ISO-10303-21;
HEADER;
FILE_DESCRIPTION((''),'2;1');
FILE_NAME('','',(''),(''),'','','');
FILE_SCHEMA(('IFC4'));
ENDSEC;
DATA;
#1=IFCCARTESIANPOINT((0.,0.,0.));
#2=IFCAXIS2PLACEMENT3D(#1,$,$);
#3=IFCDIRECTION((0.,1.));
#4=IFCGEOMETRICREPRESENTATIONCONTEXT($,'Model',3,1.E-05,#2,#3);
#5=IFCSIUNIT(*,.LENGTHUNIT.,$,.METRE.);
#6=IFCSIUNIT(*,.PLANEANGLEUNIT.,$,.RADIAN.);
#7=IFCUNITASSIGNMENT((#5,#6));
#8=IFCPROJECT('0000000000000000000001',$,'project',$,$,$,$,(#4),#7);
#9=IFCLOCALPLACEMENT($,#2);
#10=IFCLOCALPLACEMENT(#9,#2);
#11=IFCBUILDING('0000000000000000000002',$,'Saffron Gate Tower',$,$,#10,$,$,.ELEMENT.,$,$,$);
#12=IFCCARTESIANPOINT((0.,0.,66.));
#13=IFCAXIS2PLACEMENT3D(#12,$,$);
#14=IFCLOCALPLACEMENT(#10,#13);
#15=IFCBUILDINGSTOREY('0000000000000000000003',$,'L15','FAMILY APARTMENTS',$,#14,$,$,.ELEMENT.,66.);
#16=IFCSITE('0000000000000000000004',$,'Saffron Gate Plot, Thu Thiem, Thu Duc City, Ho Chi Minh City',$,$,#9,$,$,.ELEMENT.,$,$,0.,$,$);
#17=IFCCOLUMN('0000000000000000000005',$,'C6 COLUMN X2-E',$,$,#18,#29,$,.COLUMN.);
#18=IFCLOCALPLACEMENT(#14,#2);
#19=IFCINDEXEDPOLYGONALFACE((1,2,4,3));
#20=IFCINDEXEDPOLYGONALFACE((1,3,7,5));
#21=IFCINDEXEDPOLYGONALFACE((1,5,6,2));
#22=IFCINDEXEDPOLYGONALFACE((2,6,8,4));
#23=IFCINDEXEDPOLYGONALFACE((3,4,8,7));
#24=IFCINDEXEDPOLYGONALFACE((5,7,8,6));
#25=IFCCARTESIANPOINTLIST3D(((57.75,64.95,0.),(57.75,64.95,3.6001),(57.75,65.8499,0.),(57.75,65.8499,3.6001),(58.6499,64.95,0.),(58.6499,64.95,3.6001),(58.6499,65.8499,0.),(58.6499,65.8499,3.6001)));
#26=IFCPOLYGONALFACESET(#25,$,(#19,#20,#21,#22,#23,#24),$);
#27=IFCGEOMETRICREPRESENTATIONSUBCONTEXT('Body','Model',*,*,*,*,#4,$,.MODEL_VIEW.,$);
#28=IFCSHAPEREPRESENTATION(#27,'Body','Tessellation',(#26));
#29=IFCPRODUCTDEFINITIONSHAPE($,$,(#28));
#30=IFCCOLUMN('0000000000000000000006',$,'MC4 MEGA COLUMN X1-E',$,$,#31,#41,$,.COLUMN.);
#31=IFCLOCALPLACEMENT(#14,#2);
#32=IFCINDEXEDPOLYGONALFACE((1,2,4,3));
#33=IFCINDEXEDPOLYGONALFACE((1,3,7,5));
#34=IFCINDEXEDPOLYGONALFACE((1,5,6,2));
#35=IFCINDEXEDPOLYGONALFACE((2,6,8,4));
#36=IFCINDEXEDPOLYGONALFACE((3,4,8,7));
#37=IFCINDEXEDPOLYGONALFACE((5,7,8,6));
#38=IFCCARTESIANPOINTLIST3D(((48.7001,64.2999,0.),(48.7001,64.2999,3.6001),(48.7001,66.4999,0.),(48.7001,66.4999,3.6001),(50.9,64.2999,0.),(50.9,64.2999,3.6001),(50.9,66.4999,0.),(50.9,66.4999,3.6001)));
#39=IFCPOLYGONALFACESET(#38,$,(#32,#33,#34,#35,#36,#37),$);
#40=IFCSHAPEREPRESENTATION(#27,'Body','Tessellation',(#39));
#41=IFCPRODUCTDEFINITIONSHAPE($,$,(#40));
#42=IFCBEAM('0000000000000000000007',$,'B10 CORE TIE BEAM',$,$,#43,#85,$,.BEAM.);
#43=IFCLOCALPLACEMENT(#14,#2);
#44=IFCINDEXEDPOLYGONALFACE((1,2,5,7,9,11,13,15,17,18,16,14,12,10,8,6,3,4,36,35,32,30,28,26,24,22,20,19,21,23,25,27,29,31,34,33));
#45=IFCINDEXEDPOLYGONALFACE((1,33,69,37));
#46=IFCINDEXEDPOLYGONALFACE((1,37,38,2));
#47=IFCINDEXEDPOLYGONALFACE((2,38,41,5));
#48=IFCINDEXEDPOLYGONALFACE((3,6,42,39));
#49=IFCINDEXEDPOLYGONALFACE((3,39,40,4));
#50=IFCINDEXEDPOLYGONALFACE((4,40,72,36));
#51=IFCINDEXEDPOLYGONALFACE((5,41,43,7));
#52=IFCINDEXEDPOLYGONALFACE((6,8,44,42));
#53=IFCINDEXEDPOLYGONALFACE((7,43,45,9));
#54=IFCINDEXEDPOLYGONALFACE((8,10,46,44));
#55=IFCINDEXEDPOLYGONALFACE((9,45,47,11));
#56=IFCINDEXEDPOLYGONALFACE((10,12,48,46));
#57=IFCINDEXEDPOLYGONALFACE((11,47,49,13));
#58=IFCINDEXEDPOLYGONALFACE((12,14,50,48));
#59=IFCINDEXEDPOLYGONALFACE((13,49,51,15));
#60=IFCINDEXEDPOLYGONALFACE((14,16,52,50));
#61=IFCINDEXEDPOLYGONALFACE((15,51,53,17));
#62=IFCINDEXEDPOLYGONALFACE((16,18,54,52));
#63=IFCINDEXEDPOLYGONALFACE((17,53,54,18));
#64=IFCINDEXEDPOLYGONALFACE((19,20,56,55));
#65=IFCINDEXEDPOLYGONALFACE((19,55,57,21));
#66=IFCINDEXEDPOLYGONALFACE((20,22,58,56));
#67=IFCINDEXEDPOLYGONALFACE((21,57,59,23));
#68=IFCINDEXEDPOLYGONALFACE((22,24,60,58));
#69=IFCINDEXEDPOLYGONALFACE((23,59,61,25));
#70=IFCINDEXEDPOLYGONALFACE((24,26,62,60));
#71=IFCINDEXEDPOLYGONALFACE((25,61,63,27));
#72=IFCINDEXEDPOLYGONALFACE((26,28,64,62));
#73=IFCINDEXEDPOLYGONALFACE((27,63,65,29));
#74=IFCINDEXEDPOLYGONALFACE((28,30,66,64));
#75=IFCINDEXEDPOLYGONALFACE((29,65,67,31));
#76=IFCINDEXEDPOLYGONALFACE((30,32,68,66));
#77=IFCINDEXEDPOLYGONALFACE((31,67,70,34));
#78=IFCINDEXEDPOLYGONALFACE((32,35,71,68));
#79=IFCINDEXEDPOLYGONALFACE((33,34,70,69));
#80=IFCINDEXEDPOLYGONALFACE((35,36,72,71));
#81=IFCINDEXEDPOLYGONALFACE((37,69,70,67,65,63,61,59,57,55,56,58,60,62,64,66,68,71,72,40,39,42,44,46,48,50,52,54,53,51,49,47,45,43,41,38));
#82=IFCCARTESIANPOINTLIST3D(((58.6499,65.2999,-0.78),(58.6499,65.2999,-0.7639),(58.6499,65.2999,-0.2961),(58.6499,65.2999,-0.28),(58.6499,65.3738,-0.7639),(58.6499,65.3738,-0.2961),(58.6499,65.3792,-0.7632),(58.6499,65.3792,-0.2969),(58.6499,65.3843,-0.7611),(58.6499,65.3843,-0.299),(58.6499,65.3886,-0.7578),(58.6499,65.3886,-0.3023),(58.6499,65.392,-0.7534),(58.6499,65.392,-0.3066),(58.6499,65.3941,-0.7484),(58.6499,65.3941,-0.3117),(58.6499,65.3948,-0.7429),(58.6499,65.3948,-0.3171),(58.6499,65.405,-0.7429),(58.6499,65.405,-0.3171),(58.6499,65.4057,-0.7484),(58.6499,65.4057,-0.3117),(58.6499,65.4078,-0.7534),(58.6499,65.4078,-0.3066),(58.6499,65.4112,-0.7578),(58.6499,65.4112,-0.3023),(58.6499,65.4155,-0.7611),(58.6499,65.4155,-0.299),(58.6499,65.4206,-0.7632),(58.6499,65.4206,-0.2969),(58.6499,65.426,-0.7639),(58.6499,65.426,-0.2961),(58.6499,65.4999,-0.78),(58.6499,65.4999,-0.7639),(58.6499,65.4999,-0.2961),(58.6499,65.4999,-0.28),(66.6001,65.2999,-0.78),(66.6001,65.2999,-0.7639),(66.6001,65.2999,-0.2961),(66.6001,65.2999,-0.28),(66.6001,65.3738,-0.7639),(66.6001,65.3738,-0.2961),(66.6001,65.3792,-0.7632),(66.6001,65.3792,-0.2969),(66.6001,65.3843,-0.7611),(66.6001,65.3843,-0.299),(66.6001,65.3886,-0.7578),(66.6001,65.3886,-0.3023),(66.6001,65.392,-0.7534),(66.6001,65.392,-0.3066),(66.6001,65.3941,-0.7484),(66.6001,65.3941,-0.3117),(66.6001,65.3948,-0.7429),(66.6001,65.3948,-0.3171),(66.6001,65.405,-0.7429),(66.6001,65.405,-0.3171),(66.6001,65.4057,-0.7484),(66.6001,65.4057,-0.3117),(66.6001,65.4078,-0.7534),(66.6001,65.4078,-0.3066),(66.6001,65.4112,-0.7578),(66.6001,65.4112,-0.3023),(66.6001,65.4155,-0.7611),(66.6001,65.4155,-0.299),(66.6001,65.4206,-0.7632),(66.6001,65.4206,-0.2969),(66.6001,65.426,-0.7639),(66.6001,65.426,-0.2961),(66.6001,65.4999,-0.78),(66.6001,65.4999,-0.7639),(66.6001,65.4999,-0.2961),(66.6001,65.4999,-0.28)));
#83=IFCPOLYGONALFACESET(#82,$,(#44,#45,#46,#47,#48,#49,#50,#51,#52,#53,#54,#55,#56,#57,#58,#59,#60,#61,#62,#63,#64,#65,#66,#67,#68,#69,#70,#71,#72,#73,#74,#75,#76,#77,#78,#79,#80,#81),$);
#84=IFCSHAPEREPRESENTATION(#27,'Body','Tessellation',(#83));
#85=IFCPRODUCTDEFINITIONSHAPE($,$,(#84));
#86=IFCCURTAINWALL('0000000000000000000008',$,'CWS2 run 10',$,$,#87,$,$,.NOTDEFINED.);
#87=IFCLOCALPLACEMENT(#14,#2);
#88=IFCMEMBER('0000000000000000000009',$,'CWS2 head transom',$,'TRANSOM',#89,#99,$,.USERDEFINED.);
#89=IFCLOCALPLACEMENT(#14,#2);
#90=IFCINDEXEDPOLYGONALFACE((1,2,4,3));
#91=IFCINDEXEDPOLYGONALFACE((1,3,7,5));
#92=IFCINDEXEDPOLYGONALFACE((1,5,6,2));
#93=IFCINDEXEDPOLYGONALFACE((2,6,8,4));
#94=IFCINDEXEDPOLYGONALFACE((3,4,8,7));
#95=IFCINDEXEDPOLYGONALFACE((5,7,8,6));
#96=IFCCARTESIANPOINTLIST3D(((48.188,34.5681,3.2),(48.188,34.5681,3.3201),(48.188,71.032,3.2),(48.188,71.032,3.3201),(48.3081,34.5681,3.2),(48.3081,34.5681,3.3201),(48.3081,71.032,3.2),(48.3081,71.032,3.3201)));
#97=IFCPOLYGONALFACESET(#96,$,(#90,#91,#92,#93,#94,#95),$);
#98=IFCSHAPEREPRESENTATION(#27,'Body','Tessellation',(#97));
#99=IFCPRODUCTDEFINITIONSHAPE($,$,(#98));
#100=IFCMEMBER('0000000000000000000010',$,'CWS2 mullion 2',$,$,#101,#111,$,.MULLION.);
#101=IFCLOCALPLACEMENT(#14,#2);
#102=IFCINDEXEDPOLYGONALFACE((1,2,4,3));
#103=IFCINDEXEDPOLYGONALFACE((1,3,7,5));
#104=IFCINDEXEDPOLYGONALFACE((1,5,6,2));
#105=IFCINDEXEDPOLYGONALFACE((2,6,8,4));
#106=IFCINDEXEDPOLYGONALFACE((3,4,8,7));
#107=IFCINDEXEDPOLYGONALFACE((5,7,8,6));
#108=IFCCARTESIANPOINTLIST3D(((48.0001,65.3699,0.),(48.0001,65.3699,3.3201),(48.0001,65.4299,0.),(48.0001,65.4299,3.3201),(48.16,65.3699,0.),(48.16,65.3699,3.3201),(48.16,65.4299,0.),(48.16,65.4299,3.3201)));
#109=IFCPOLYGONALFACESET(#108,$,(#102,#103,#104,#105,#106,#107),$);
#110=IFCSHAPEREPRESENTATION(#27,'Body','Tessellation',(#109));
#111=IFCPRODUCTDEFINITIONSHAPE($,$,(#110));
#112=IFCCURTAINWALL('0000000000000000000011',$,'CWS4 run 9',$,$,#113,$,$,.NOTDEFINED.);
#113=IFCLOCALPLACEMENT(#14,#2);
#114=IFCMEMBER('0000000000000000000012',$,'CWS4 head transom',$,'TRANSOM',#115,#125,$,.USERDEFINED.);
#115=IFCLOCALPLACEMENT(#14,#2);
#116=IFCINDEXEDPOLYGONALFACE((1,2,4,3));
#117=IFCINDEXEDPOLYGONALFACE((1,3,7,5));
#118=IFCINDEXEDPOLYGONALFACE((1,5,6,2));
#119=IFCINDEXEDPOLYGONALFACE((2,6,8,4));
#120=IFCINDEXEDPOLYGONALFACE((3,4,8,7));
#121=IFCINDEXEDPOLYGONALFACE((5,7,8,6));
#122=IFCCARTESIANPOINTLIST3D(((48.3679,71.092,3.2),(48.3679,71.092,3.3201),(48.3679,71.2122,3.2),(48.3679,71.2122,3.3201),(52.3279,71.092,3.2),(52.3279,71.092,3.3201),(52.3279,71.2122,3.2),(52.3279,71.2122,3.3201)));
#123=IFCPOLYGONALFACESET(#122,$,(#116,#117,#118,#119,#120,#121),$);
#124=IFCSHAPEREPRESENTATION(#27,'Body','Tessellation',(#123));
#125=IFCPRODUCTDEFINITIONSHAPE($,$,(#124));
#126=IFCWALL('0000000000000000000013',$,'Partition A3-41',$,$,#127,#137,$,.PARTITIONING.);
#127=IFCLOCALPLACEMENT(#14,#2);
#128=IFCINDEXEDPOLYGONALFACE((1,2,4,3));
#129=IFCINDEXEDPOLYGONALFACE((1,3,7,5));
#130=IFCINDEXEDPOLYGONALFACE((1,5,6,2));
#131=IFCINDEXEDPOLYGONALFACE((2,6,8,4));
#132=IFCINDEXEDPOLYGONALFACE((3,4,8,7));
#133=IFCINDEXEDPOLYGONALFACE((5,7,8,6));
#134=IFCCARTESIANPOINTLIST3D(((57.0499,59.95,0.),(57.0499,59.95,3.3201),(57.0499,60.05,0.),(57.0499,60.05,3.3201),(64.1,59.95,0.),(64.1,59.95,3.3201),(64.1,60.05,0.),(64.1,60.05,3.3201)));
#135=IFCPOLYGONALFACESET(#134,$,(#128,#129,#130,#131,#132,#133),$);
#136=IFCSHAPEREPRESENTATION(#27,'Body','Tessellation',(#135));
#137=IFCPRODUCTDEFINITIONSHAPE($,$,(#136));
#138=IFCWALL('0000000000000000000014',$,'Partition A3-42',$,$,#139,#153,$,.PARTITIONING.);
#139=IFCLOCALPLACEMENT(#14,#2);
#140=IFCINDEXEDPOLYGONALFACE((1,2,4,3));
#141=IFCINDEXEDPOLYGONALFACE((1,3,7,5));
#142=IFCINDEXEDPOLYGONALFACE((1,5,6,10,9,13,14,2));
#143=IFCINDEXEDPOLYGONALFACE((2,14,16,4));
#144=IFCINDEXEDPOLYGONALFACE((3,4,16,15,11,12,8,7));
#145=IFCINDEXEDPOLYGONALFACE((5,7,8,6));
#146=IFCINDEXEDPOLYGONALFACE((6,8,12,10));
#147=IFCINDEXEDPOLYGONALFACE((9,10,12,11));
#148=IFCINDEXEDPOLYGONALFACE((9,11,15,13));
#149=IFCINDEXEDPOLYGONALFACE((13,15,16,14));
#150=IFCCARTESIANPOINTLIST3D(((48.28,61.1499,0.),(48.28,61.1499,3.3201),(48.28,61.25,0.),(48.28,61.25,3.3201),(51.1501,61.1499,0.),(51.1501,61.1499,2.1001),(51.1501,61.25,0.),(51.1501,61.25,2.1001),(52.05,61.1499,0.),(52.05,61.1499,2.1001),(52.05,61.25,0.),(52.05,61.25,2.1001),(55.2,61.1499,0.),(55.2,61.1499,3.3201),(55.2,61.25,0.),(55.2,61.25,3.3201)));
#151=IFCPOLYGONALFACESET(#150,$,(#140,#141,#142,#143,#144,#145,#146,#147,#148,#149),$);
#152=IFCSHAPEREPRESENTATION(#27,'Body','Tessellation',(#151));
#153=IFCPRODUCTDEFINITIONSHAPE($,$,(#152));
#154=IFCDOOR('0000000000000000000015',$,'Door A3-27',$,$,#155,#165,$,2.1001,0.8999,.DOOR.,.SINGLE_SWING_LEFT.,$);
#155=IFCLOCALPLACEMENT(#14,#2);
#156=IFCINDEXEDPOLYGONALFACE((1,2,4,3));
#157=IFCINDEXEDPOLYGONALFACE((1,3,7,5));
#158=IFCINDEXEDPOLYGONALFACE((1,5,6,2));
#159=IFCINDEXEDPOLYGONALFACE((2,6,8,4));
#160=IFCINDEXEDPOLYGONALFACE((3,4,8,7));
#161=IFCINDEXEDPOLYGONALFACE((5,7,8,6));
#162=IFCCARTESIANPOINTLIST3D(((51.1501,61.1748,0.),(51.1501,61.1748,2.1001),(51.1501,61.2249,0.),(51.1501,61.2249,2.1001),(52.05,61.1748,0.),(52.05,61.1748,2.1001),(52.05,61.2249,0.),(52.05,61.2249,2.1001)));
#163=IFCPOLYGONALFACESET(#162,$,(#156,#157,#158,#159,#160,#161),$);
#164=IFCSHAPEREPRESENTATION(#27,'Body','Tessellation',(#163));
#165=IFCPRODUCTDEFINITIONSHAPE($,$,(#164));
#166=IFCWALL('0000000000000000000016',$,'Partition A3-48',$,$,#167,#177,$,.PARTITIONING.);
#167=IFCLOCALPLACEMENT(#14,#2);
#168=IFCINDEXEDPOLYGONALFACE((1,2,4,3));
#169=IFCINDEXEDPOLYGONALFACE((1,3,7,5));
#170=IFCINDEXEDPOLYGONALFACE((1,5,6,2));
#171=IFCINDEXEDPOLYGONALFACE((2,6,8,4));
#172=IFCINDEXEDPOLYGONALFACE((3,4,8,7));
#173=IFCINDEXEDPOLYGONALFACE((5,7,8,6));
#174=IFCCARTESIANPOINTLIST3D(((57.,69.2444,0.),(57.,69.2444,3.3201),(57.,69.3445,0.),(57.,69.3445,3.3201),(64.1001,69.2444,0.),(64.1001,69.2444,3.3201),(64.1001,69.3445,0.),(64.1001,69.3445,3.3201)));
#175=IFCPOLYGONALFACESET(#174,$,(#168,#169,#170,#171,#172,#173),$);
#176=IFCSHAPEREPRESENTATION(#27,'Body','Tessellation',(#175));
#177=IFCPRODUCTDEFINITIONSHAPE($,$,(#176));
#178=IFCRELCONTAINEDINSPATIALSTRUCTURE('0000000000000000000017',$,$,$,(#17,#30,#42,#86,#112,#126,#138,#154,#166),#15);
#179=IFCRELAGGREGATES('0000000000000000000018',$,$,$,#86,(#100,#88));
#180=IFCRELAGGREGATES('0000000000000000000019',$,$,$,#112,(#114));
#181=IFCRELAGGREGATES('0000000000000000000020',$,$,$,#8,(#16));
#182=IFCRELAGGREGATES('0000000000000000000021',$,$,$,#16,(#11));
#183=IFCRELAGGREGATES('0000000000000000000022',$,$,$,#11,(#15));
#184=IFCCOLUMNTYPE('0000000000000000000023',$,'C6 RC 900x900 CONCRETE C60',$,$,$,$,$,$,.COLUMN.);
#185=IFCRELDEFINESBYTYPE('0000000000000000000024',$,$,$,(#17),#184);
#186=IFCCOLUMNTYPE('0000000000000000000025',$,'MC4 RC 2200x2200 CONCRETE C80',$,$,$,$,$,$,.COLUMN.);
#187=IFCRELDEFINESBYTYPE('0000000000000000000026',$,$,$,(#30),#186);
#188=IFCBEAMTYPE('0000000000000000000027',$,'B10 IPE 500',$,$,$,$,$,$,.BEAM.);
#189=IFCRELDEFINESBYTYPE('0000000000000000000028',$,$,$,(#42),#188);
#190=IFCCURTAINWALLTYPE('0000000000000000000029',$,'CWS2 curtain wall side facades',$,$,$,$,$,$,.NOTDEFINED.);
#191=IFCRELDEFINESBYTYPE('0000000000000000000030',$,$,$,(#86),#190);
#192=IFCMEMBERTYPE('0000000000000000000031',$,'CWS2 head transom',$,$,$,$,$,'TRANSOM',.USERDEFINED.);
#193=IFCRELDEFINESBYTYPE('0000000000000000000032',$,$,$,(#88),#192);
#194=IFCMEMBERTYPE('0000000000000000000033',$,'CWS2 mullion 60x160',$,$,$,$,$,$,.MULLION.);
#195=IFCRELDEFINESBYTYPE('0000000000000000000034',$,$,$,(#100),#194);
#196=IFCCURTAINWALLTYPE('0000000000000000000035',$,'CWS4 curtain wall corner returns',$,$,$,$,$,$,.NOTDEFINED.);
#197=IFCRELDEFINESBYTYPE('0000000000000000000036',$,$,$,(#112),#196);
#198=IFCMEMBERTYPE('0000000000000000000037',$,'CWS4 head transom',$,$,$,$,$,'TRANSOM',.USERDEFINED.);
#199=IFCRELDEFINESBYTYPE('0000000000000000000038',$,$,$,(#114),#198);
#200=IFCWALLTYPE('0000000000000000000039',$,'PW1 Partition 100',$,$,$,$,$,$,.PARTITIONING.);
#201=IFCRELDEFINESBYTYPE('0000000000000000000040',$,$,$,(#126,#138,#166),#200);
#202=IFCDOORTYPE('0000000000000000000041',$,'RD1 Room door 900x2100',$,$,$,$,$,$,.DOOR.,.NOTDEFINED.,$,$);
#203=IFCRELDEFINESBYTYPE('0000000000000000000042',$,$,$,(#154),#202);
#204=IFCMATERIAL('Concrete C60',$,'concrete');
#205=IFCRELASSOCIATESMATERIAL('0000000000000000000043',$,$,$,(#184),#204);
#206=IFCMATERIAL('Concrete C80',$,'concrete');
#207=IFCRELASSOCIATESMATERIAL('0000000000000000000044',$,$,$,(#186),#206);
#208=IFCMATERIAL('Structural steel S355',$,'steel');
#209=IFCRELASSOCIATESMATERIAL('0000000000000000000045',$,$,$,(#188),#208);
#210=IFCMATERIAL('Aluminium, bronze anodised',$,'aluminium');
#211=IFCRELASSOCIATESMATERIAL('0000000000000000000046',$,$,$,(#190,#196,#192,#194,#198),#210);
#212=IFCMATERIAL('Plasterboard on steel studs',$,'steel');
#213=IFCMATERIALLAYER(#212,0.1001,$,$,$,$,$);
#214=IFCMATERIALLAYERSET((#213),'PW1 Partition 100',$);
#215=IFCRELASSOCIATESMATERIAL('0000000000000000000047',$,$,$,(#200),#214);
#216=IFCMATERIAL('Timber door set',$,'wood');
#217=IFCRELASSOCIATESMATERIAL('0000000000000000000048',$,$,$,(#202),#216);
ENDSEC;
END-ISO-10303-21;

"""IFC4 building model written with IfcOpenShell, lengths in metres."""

from ifc_helpers import new_model, si_unit, direction, frame, frame_2d, origin, origin_2d, place, context, subcontext, project, spatial, rectangle, i_section, extrude, material, layer, layer_set, material_profile, profile_set, type_object, element, fill, aggregate, save


model = new_model("IFC4")

# Units and contexts
model_context = context("Model", 3, precision=1e-05, world=origin(), true_north=direction((0.0, 1.0)))
body_context = subcontext(model_context, "Body", "Model", "MODEL_VIEW")
ifc_project = project(units=[si_unit("LENGTHUNIT", "METRE"), si_unit("PLANEANGLEUNIT", "RADIAN")], contexts=[model_context])

# Site, building, storey
site_placement = place(None, origin())
site = spatial("IfcSite", under=ifc_project, at=site_placement, Name="Saffron Gate Plot, Thu Thiem, Thu Duc City, Ho Chi Minh City", CompositionType="ELEMENT", RefElevation=0.0)
building_placement = place(site_placement, origin())
building = spatial("IfcBuilding", under=site, at=building_placement, Name="Saffron Gate Tower", CompositionType="ELEMENT")
storey_placement = place(building_placement, frame((0.0, 0.0, 66.0)))
storey = spatial("IfcBuildingStorey", under=building, at=storey_placement, Name="L15", Description="FAMILY APARTMENTS", CompositionType="ELEMENT", Elevation=66.0)

# Columns
ifc_material_1 = material(Name="Concrete C60", Category="concrete")
ifc_material_profile_1 = material_profile(ifc_material_1, rectangle(XDim=0.8999, YDim=0.8999, at=origin_2d()))
ifc_profile_set_1 = profile_set([ifc_material_profile_1], Name="Concrete C60")
column_type_1 = type_object("IfcColumnType", Name="C6 RC 900x900 CONCRETE C60", PredefinedType="COLUMN", material=ifc_profile_set_1)
column_1_placement = place(storey_placement, frame((58.2, 65.3999, 0.0), z_axis=(0.0, 0.0, 1.0), x_axis=(1.0, 0.0, 0.0)))
element("IfcColumn", 1, at=column_1_placement, inside=storey, type_object=column_type_1, Name="C6 COLUMN X2-E", PredefinedType="COLUMN", context=body_context, shape_type="SweptSolid", body=[
    extrude(rectangle(XDim=0.8999, YDim=0.8999, at=origin_2d()), origin(), (0.0, 0.0, 1.0), 3.6001),
])
ifc_material_2 = material(Name="Concrete C80", Category="concrete")
ifc_material_profile_2 = material_profile(ifc_material_2, rectangle(XDim=2.2, YDim=2.2, at=origin_2d()))
ifc_profile_set_2 = profile_set([ifc_material_profile_2], Name="Concrete C80")
column_type_2 = type_object("IfcColumnType", Name="MC4 RC 2200x2200 CONCRETE C80", PredefinedType="COLUMN", material=ifc_profile_set_2)
column_2_placement = place(storey_placement, frame((49.8, 65.3999, 0.0), z_axis=(0.0, 0.0, 1.0), x_axis=(1.0, 0.0, 0.0)))
element("IfcColumn", 2, at=column_2_placement, inside=storey, type_object=column_type_2, Name="MC4 MEGA COLUMN X1-E", PredefinedType="COLUMN", context=body_context, shape_type="SweptSolid", body=[
    extrude(rectangle(XDim=2.2, YDim=2.2, at=origin_2d()), origin(), (0.0, 0.0, 1.0), 3.6001),
])

# Beam
ifc_material_3 = material(Name="Structural steel S355", Category="steel")
ifc_material_profile_3 = material_profile(ifc_material_3, i_section(OverallWidth=0.2, OverallDepth=0.5, WebThickness=0.0103, FlangeThickness=0.0161, FilletRadius=0.021, at=origin_2d()))
ifc_profile_set_3 = profile_set([ifc_material_profile_3], Name="Structural steel S355")
beam_type = type_object("IfcBeamType", Name="B10 IPE 500", PredefinedType="BEAM", material=ifc_profile_set_3)
beam_placement = place(storey_placement, frame((58.6499, 65.3999, -0.53), z_axis=(1.0, 0.0, 0.0), x_axis=(0.0, 1.0, 0.0)))
element("IfcBeam", 3, at=beam_placement, inside=storey, type_object=beam_type, Name="B10 CORE TIE BEAM", PredefinedType="BEAM", context=body_context, shape_type="SweptSolid", body=[
    extrude(i_section(OverallWidth=0.2, OverallDepth=0.5, WebThickness=0.0103, FlangeThickness=0.0161, FilletRadius=0.021, at=origin_2d()), origin(), (0.0, 0.0, 1.0), 7.9502),
])

# Curtain wall, members
ifc_material_4 = material(Name="Aluminium, bronze anodised", Category="aluminium")
curtain_wall_type_1 = type_object("IfcCurtainWallType", Name="CWS2 curtain wall side facades", PredefinedType="NOTDEFINED", material=ifc_material_4)
curtain_wall_1_placement = place(storey_placement, origin())
curtain_wall_1 = element("IfcCurtainWall", 4, at=curtain_wall_1_placement, inside=storey, type_object=curtain_wall_type_1, Name="CWS2 run 10", PredefinedType="NOTDEFINED")
ifc_material_profile_4 = material_profile(ifc_material_4, rectangle(XDim=0.1201, YDim=0.1201, at=origin_2d()))
ifc_profile_set_4 = profile_set([ifc_material_profile_4], Name="Aluminium, bronze anodised")
member_type_1 = type_object("IfcMemberType", Name="CWS2 head transom", ElementType="TRANSOM", PredefinedType="USERDEFINED", material=ifc_profile_set_4)
member_1_placement = place(storey_placement, frame((48.248, 71.032, 3.26), z_axis=(0.0, -1.0, 0.0), x_axis=(1.0, 0.0, 0.0)))
member_1 = element("IfcMember", 5, at=member_1_placement, type_object=member_type_1, Name="CWS2 head transom", ObjectType="TRANSOM", PredefinedType="USERDEFINED", context=body_context, shape_type="SweptSolid", body=[
    extrude(rectangle(XDim=0.1201, YDim=0.1201, at=origin_2d()), origin(), (0.0, 0.0, 1.0), 36.4639),
])
ifc_material_profile_5 = material_profile(ifc_material_4, rectangle(XDim=0.1599, YDim=0.0601, at=origin_2d()))
ifc_profile_set_5 = profile_set([ifc_material_profile_5], Name="Aluminium, bronze anodised")
member_type_2 = type_object("IfcMemberType", Name="CWS2 mullion 60x160", PredefinedType="MULLION", material=ifc_profile_set_5)
member_2_placement = place(storey_placement, frame((48.0801, 65.3999, 0.0), z_axis=(0.0, 0.0, 1.0), x_axis=(1.0, 0.0, 0.0)))
member_2 = element("IfcMember", 6, at=member_2_placement, type_object=member_type_2, Name="CWS2 mullion 2", PredefinedType="MULLION", context=body_context, shape_type="SweptSolid", body=[
    extrude(rectangle(XDim=0.1599, YDim=0.0601, at=origin_2d()), origin(), (0.0, 0.0, 1.0), 3.3201),
])
aggregate(curtain_wall_1, [member_2, member_1])

# Curtain wall, member
curtain_wall_type_2 = type_object("IfcCurtainWallType", Name="CWS4 curtain wall corner returns", PredefinedType="NOTDEFINED", material=ifc_material_4)
curtain_wall_2_placement = place(storey_placement, origin())
curtain_wall_2 = element("IfcCurtainWall", 7, at=curtain_wall_2_placement, inside=storey, type_object=curtain_wall_type_2, Name="CWS4 run 9", PredefinedType="NOTDEFINED")
ifc_material_profile_6 = material_profile(ifc_material_4, rectangle(XDim=0.1201, YDim=0.1201, at=origin_2d()))
ifc_profile_set_6 = profile_set([ifc_material_profile_6], Name="Aluminium, bronze anodised")
member_type_3 = type_object("IfcMemberType", Name="CWS4 head transom", ElementType="TRANSOM", PredefinedType="USERDEFINED", material=ifc_profile_set_6)
member_3_placement = place(storey_placement, frame((52.3279, 71.1521, 3.26), z_axis=(-1.0, 0.0, 0.0), x_axis=(0.0, -1.0, 0.0)))
member_3 = element("IfcMember", 8, at=member_3_placement, type_object=member_type_3, Name="CWS4 head transom", ObjectType="TRANSOM", PredefinedType="USERDEFINED", context=body_context, shape_type="SweptSolid", body=[
    extrude(rectangle(XDim=0.1201, YDim=0.1201, at=origin_2d()), origin(), (0.0, 0.0, 1.0), 3.96),
])
aggregate(curtain_wall_2, [member_3])

# Wall
ifc_material_5 = material(Name="Plasterboard on steel studs", Category="steel")
ifc_layer = layer(ifc_material_5, 0.1001)
ifc_layer_set = layer_set([ifc_layer], Name="PW1 Partition 100")
wall_type = type_object("IfcWallType", Name="PW1 Partition 100", PredefinedType="PARTITIONING", material=ifc_layer_set)
wall_1_placement = place(storey_placement, frame((57.05, 60.0, 0.0), z_axis=(0.0, 0.0, 1.0), x_axis=(1.0, 0.0, 0.0)))
element("IfcWall", 9, at=wall_1_placement, inside=storey, type_object=wall_type, Name="Partition A3-41", PredefinedType="PARTITIONING", context=body_context, shape_type="SweptSolid", body=[
    extrude(rectangle(XDim=7.05, YDim=0.1001, at=frame_2d((3.5249, 0.0))), origin(), (0.0, 0.0, 1.0), 3.3201),
])

# Wall, opening, door
wall_2_placement = place(storey_placement, frame((48.28, 61.2, 0.0), z_axis=(0.0, 0.0, 1.0), x_axis=(1.0, 0.0, 0.0)))
wall_2 = element("IfcWall", 10, at=wall_2_placement, inside=storey, type_object=wall_type, Name="Partition A3-42", PredefinedType="PARTITIONING", context=body_context, shape_type="SweptSolid", body=[
    extrude(rectangle(XDim=6.9199, YDim=0.1001, at=frame_2d((3.46, 0.0))), origin(), (0.0, 0.0, 1.0), 3.3201),
])
opening_1_placement = place(wall_2_placement, frame((2.8701, 0.0, 0.0)))
opening_1 = element("IfcOpeningElement", 11, at=opening_1_placement, cuts=wall_2, PredefinedType="OPENING", context=body_context, shape_type="SweptSolid", body=[
    extrude(rectangle(XDim=0.8999, YDim=2.1001, at=frame_2d((0.45, 1.05))), frame((0.0, 0.0601, 0.0), z_axis=(0.0, -1.0, 0.0), x_axis=(1.0, 0.0, 0.0)), (0.0, 0.0, 1.0), 0.1201),
])
ifc_material_6 = material(Name="Timber door set", Category="wood")
door_type_1 = type_object("IfcDoorType", Name="RD1 Room door 900x2100", OperationType="NOTDEFINED", PredefinedType="DOOR", material=ifc_material_6)
door_1_placement = place(opening_1_placement, origin())
door_1 = element("IfcDoor", 12, at=door_1_placement, inside=storey, type_object=door_type_1, Name="Door A3-27", OperationType="SINGLE_SWING_LEFT", OverallHeight=2.1001, OverallWidth=0.8999, PredefinedType="DOOR", context=body_context, shape_type="SweptSolid", body=[
    extrude(rectangle(XDim=0.8999, YDim=2.1001, at=frame_2d((0.45, 1.05))), frame((0.0, 0.0249, 0.0), z_axis=(0.0, -1.0, 0.0), x_axis=(1.0, 0.0, 0.0)), (0.0, 0.0, 1.0), 0.05),
])
fill(opening_1, door_1)

# Wall
wall_3_placement = place(storey_placement, frame((57.0, 69.2944, 0.0), z_axis=(0.0, 0.0, 1.0), x_axis=(1.0, 0.0, 0.0)))
element("IfcWall", 13, at=wall_3_placement, inside=storey, type_object=wall_type, Name="Partition A3-48", PredefinedType="PARTITIONING", context=body_context, shape_type="SweptSolid", body=[
    extrude(rectangle(XDim=7.1001, YDim=0.1001, at=frame_2d((3.55, 0.0))), origin(), (0.0, 0.0, 1.0), 3.3201),
])

save(model, "model.ifc")
